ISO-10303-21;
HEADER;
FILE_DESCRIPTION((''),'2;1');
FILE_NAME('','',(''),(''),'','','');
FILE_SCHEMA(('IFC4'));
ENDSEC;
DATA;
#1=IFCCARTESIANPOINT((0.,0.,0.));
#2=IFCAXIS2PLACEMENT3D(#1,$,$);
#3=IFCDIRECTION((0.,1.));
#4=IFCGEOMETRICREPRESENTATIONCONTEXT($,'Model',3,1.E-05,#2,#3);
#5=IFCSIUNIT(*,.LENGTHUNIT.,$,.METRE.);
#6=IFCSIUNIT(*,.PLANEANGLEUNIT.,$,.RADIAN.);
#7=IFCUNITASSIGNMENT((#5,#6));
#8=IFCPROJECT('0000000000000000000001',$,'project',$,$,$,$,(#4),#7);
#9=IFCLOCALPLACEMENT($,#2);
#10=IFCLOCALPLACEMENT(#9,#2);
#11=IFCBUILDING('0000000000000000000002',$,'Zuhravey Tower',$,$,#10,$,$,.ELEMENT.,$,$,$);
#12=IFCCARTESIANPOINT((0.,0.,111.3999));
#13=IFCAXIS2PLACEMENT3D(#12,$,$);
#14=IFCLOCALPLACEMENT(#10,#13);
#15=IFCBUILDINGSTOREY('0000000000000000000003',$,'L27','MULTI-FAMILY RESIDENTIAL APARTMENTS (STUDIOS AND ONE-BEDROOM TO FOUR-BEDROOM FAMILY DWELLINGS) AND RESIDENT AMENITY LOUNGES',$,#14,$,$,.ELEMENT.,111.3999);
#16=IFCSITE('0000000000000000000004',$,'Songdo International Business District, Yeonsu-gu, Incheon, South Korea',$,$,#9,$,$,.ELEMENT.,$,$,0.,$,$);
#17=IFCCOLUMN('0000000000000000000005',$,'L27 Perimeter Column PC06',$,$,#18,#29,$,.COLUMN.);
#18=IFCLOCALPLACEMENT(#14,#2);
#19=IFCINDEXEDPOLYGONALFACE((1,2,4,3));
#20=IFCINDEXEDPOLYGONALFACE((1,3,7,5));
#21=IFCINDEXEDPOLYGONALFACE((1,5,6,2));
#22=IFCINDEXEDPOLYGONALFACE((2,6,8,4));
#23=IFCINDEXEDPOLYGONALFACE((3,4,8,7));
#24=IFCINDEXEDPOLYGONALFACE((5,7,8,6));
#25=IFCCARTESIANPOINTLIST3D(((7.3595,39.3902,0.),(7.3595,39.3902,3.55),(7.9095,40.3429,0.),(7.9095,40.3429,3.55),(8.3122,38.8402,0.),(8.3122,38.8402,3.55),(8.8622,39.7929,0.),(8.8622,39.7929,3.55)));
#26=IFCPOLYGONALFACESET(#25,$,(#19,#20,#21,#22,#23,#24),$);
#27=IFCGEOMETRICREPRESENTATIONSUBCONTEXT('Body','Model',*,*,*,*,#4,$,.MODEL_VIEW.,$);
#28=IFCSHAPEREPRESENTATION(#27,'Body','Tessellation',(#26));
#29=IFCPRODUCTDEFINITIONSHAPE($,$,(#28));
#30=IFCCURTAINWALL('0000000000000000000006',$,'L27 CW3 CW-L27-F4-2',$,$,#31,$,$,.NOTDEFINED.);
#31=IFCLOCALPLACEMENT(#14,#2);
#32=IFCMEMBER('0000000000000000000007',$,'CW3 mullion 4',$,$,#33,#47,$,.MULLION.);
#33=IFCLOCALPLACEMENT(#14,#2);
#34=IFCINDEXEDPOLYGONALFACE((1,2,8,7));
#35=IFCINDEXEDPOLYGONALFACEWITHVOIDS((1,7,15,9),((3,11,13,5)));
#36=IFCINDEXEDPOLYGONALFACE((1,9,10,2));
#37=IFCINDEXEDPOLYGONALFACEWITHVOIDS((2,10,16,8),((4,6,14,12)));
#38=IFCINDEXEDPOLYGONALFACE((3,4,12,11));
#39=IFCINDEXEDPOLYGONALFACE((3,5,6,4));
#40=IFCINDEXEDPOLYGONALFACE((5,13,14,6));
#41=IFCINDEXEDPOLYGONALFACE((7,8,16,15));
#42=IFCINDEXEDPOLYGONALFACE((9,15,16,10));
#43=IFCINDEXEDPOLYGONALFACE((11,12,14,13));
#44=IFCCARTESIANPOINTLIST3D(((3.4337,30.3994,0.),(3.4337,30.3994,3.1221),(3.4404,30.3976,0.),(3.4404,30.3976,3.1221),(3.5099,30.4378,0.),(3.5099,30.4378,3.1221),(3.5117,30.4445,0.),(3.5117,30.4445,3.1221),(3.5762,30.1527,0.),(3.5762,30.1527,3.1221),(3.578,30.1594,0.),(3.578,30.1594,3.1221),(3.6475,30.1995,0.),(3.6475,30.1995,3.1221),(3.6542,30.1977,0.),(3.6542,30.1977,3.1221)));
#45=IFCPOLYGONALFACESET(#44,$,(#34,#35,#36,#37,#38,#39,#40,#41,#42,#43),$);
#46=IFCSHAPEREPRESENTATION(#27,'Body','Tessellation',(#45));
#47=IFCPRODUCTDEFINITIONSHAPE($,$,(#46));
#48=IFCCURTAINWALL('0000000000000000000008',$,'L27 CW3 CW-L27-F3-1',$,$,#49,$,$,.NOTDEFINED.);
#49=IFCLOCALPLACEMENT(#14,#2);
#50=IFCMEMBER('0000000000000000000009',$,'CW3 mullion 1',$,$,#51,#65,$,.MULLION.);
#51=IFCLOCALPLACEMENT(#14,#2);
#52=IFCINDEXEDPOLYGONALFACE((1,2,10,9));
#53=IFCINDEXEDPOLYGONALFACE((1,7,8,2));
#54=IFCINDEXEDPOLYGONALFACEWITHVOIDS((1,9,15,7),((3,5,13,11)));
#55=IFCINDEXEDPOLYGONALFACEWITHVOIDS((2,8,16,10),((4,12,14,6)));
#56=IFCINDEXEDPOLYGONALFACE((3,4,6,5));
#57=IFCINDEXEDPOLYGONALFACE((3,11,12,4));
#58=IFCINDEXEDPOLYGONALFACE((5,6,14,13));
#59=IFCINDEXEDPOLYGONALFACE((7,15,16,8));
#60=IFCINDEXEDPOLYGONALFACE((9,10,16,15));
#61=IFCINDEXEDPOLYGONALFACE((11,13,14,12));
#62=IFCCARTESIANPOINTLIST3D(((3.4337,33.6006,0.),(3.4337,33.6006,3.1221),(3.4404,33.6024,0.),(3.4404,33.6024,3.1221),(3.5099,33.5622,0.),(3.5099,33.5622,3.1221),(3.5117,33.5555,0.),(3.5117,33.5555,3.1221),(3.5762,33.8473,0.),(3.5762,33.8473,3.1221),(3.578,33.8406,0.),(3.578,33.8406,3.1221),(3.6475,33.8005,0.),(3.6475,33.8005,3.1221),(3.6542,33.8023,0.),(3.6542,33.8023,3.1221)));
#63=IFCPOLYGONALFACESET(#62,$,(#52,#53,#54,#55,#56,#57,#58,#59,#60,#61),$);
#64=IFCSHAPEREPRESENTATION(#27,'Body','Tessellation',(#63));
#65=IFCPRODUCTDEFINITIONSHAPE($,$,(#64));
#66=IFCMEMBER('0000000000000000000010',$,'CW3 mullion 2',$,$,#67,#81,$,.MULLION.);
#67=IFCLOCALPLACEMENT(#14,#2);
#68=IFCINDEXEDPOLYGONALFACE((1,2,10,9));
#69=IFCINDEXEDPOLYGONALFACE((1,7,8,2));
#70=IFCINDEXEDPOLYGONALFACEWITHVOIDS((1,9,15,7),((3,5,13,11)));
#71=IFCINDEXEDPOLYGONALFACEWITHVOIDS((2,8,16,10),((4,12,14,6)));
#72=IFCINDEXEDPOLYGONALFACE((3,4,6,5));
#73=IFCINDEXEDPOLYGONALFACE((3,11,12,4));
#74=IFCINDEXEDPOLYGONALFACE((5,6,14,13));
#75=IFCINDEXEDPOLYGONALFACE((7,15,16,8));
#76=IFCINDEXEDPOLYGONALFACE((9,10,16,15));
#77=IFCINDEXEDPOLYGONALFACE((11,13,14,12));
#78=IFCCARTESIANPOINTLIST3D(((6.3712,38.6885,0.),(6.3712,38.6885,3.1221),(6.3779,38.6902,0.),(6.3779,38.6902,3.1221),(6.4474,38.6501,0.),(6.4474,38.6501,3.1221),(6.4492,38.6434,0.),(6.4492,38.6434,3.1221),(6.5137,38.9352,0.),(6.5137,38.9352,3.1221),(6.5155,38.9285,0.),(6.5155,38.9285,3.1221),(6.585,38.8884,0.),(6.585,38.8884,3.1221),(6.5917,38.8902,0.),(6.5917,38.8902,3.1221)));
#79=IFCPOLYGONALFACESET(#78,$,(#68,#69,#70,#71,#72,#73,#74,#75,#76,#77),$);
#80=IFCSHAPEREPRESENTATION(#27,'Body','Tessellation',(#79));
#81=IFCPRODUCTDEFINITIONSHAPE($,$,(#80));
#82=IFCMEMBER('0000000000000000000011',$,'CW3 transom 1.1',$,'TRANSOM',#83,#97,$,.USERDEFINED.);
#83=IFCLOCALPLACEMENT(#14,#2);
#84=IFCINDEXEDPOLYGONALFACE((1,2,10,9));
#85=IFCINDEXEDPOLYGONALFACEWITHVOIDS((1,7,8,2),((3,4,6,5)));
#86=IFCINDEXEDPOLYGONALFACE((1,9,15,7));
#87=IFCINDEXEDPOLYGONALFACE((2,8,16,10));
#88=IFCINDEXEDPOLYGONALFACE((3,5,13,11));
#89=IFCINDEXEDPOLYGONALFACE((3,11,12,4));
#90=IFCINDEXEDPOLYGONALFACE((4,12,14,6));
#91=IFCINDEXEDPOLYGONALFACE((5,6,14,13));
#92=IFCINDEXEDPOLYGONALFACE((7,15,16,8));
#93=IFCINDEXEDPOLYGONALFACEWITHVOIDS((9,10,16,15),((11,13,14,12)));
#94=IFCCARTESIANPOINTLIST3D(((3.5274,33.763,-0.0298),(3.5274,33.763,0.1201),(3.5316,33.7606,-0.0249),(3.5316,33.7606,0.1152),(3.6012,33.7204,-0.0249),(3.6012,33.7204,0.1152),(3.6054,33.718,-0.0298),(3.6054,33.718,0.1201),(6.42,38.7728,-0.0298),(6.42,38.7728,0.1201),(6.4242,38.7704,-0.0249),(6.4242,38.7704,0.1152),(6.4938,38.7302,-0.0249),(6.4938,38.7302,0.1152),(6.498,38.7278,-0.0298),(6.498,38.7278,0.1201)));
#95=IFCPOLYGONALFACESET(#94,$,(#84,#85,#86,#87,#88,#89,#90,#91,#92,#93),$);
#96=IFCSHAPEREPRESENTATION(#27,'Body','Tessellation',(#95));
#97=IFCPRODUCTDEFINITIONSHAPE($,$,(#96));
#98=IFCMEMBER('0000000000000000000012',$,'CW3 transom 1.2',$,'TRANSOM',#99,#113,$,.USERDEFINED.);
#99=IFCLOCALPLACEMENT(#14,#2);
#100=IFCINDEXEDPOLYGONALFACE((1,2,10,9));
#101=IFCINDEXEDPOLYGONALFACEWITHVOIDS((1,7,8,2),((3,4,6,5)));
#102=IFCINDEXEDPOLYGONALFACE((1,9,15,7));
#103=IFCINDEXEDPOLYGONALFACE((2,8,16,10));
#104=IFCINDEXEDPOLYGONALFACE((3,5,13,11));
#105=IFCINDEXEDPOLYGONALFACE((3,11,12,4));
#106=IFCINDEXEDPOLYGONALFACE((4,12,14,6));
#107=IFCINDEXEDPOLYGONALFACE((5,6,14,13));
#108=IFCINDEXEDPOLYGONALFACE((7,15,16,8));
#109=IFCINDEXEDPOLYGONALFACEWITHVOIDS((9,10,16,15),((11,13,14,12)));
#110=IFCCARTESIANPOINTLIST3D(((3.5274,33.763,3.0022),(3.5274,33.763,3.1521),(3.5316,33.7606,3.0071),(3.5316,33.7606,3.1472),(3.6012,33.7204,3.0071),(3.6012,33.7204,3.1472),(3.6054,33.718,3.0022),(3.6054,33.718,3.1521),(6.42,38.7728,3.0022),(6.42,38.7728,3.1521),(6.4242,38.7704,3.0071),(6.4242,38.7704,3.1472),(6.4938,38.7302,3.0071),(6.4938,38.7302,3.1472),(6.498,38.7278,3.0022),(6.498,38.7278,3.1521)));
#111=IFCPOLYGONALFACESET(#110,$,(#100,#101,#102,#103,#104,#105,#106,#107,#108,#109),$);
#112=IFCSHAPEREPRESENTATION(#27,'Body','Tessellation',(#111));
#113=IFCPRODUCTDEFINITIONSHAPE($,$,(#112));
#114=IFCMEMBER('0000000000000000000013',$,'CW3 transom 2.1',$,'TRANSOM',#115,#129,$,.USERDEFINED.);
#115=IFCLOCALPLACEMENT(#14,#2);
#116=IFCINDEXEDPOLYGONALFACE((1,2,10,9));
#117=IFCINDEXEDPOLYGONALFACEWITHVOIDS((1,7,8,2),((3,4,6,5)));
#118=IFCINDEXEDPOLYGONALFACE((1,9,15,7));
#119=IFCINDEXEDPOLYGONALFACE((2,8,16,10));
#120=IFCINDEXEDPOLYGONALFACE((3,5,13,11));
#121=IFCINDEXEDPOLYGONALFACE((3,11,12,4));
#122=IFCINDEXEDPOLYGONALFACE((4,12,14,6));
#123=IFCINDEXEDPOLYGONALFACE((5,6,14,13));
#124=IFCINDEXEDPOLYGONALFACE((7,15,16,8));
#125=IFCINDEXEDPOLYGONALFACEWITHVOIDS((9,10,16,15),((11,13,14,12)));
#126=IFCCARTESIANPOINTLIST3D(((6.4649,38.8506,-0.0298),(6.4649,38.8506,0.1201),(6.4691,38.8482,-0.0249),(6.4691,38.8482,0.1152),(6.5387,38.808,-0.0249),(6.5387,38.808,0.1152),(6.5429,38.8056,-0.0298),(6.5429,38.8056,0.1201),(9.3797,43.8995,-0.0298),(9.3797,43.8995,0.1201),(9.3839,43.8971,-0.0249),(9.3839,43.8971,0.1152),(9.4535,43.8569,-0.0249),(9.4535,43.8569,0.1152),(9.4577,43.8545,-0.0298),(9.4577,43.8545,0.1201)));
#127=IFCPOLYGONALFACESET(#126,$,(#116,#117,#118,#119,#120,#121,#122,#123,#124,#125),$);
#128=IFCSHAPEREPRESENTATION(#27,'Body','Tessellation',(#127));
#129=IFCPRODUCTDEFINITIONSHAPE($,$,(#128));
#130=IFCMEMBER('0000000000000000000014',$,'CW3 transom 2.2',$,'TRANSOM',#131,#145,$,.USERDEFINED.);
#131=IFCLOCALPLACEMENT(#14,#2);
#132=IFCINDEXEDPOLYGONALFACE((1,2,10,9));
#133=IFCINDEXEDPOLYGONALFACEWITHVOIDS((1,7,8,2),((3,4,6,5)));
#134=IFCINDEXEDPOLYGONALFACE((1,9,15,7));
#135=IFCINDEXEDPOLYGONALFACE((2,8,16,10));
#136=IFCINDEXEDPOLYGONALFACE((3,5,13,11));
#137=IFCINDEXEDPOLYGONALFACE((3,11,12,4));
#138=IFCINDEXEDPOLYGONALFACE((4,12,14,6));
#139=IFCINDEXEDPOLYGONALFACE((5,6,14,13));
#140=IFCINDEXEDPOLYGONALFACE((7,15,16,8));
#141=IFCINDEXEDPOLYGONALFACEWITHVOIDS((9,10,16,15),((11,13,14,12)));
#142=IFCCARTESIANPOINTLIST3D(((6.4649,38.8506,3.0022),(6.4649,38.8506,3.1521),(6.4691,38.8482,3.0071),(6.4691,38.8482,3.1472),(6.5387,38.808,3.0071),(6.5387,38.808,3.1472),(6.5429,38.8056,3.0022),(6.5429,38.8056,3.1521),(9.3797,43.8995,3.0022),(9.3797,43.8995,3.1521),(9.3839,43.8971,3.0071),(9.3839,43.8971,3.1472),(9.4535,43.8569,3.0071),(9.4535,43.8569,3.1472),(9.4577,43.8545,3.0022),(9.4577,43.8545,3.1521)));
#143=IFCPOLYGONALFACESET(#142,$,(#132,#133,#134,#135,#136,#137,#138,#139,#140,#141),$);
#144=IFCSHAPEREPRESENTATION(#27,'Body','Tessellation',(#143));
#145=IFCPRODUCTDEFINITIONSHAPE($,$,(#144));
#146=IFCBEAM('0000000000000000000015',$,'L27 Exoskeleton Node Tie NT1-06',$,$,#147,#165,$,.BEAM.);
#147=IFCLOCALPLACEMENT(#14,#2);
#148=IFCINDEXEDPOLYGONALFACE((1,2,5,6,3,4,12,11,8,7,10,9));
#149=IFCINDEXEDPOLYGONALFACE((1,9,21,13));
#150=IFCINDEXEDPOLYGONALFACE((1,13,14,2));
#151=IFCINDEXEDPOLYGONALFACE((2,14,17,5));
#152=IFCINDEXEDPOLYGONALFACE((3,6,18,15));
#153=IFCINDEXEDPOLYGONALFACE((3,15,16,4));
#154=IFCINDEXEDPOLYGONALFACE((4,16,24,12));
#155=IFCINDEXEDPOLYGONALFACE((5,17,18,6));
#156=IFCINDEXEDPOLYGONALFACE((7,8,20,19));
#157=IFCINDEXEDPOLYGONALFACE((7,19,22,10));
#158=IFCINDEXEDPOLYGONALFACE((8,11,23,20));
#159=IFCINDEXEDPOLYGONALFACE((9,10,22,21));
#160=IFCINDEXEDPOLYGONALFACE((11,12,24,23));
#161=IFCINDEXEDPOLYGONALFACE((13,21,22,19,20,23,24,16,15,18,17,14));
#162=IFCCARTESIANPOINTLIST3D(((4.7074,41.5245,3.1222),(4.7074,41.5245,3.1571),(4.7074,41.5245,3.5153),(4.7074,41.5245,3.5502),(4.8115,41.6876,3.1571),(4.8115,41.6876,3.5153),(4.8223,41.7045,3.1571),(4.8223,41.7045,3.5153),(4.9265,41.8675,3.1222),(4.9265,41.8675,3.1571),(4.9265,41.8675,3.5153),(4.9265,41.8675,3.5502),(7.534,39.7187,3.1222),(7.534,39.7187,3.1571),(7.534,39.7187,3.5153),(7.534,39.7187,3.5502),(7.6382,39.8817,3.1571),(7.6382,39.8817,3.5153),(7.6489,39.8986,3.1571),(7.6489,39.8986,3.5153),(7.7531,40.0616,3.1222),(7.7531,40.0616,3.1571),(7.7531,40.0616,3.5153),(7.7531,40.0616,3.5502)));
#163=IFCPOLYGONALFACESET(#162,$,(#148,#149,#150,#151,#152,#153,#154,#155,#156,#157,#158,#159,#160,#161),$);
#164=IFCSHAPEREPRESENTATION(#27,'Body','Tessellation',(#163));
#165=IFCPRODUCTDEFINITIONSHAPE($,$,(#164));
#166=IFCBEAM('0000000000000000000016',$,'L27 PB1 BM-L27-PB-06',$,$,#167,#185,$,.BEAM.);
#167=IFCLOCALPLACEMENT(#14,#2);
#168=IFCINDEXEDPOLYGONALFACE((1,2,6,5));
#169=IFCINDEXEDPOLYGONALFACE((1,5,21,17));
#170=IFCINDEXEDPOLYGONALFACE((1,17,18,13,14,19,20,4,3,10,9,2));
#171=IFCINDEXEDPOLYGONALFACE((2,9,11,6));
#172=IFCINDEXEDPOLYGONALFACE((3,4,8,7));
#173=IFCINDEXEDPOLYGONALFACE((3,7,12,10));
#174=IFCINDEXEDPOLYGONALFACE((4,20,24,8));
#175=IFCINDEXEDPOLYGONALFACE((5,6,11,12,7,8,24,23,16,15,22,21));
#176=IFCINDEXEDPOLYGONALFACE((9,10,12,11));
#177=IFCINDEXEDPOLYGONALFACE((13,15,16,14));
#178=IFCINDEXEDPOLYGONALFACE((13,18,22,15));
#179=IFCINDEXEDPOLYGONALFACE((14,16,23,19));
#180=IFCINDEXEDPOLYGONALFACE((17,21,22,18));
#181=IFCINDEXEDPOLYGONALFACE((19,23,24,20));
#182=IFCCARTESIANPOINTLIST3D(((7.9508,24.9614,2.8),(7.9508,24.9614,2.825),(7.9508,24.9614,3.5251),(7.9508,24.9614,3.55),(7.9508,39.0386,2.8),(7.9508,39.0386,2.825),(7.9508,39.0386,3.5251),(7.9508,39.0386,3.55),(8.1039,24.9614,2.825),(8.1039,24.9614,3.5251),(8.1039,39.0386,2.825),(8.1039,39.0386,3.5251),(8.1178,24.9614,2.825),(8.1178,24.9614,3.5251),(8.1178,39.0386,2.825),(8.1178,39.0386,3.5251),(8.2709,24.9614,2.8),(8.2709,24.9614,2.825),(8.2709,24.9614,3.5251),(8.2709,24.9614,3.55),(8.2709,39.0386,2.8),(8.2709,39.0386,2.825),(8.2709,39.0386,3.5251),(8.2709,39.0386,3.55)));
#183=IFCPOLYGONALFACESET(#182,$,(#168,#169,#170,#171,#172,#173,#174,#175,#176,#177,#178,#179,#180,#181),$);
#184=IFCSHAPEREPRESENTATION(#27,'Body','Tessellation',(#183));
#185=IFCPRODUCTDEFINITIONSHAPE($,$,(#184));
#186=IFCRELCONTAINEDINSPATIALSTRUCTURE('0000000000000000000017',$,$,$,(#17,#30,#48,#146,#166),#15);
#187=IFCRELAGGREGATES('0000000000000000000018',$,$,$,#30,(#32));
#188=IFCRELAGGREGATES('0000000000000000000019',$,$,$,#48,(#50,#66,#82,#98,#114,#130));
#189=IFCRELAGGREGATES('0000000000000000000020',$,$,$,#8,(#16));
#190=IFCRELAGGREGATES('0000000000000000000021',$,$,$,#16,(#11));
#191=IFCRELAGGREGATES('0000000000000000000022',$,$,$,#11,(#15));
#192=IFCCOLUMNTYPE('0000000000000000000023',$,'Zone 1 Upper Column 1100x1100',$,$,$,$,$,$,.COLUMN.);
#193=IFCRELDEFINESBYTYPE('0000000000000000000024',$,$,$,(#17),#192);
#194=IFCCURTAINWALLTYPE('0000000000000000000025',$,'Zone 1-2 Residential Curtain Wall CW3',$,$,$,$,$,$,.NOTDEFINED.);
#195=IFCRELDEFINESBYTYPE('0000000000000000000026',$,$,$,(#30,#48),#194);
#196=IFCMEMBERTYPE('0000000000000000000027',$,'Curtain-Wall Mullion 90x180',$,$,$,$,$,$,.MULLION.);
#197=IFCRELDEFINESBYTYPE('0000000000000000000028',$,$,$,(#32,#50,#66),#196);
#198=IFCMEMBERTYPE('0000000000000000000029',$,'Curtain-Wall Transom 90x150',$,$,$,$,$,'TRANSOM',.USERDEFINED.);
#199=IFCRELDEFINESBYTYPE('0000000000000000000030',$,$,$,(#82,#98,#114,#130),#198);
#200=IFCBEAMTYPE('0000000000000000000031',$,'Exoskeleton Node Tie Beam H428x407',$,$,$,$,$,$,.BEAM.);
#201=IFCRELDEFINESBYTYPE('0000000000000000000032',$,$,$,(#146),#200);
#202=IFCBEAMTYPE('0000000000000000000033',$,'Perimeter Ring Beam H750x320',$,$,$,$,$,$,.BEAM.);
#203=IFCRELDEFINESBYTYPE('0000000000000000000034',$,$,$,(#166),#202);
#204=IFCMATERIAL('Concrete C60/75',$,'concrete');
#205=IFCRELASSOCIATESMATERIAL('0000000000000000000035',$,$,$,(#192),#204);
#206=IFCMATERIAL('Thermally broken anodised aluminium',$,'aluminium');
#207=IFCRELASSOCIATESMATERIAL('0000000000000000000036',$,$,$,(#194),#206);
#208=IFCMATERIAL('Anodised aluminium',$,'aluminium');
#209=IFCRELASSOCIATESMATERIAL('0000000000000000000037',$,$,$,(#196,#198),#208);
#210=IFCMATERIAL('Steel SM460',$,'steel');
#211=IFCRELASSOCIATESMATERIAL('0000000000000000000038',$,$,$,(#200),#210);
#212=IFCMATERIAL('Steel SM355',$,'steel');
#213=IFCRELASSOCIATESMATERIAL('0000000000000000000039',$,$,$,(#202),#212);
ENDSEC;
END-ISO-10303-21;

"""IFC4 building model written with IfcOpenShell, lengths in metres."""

from ifc_helpers import new_model, si_unit, direction, frame, origin, origin_2d, place, context, subcontext, project, spatial, rectangle, hollow_rectangle, i_section, extrude, material, material_profile, profile_set, type_object, element, aggregate, save


model = new_model("IFC4")

# Units and contexts
model_context = context("Model", 3, precision=1e-05, world=origin(), true_north=direction((0.0, 1.0)))
body_context = subcontext(model_context, "Body", "Model", "MODEL_VIEW")
ifc_project = project(units=[si_unit("LENGTHUNIT", "METRE"), si_unit("PLANEANGLEUNIT", "RADIAN")], contexts=[model_context])

# Site, building, storey
site_placement = place(None, origin())
site = spatial("IfcSite", under=ifc_project, at=site_placement, Name="Songdo International Business District, Yeonsu-gu, Incheon, South Korea", CompositionType="ELEMENT", RefElevation=0.0)
building_placement = place(site_placement, origin())
building = spatial("IfcBuilding", under=site, at=building_placement, Name="Zuhravey Tower", CompositionType="ELEMENT")
storey_placement = place(building_placement, frame((0.0, 0.0, 111.3999)))
storey = spatial("IfcBuildingStorey", under=building, at=storey_placement, Name="L27", Description="MULTI-FAMILY RESIDENTIAL APARTMENTS (STUDIOS AND ONE-BEDROOM TO FOUR-BEDROOM FAMILY DWELLINGS) AND RESIDENT AMENITY LOUNGES", CompositionType="ELEMENT", Elevation=111.3999)

# Column
ifc_material_1 = material(Name="Concrete C60/75", Category="concrete")
ifc_material_profile_1 = material_profile(ifc_material_1, rectangle(XDim=1.1001, YDim=1.1001, at=origin_2d()), Name="RC-1100x1100")
ifc_profile_set_1 = profile_set([ifc_material_profile_1], Name="Concrete C60/75")
column_type = type_object("IfcColumnType", Name="Zone 1 Upper Column 1100x1100", PredefinedType="COLUMN", material=ifc_profile_set_1)
column_placement = place(storey_placement, frame((8.1108, 39.5916, 0.0), z_axis=(0.0, 0.0, 1.0), x_axis=(-0.5, -0.866025, 0.0)))
element("IfcColumn", 1, at=column_placement, inside=storey, type_object=column_type, Name="L27 Perimeter Column PC06", PredefinedType="COLUMN", context=body_context, shape_type="SweptSolid", body=[
    extrude(rectangle(XDim=1.1001, YDim=1.1001, at=origin_2d()), origin(), (0.0, 0.0, 1.0), 3.55),
])

# Curtain wall, member
ifc_material_2 = material(Name="Thermally broken anodised aluminium", Category="aluminium")
curtain_wall_type = type_object("IfcCurtainWallType", Name="Zone 1-2 Residential Curtain Wall CW3", PredefinedType="NOTDEFINED", material=ifc_material_2)
curtain_wall_1_placement = place(storey_placement, origin())
curtain_wall_1 = element("IfcCurtainWall", 2, at=curtain_wall_1_placement, inside=storey, type_object=curtain_wall_type, Name="L27 CW3 CW-L27-F4-2", PredefinedType="NOTDEFINED")
ifc_material_3 = material(Name="Anodised aluminium", Category="aluminium")
ifc_material_profile_2 = material_profile(ifc_material_3, hollow_rectangle(XDim=0.0901, YDim=0.2849, WallThickness=0.0049, at=origin_2d()), Name="ALU-RHS-90x285x5")
ifc_profile_set_2 = profile_set([ifc_material_profile_2], Name="Anodised aluminium")
member_type_1 = type_object("IfcMemberType", Name="Curtain-Wall Mullion 90x180", PredefinedType="MULLION", material=ifc_profile_set_2)
member_1_placement = place(storey_placement, frame((3.5439, 30.2986, 0.0), z_axis=(0.0, 0.0, 1.0), x_axis=(-0.866026, -0.499999, 0.0)))
member_1 = element("IfcMember", 3, at=member_1_placement, type_object=member_type_1, Name="CW3 mullion 4", PredefinedType="MULLION", context=body_context, shape_type="SweptSolid", body=[
    extrude(hollow_rectangle(XDim=0.0901, YDim=0.2849, WallThickness=0.0049, at=origin_2d()), origin(), (0.0, 0.0, 1.0), 3.1221),
])
aggregate(curtain_wall_1, [member_1])

# Curtain wall, members
curtain_wall_2_placement = place(storey_placement, origin())
curtain_wall_2 = element("IfcCurtainWall", 4, at=curtain_wall_2_placement, inside=storey, type_object=curtain_wall_type, Name="L27 CW3 CW-L27-F3-1", PredefinedType="NOTDEFINED")
member_2_placement = place(storey_placement, frame((3.5439, 33.7014, 0.0), z_axis=(0.0, 0.0, 1.0), x_axis=(-0.866026, 0.5, 0.0)))
member_2 = element("IfcMember", 5, at=member_2_placement, type_object=member_type_1, Name="CW3 mullion 1", PredefinedType="MULLION", context=body_context, shape_type="SweptSolid", body=[
    extrude(hollow_rectangle(XDim=0.0901, YDim=0.2849, WallThickness=0.0049, at=origin_2d()), origin(), (0.0, 0.0, 1.0), 3.1221),
])
member_3_placement = place(storey_placement, frame((6.4814, 38.7893, 0.0), z_axis=(0.0, 0.0, 1.0), x_axis=(-0.866026, 0.5, 0.0)))
member_3 = element("IfcMember", 6, at=member_3_placement, type_object=member_type_1, Name="CW3 mullion 2", PredefinedType="MULLION", context=body_context, shape_type="SweptSolid", body=[
    extrude(hollow_rectangle(XDim=0.0901, YDim=0.2849, WallThickness=0.0049, at=origin_2d()), origin(), (0.0, 0.0, 1.0), 3.1221),
])
ifc_material_profile_3 = material_profile(ifc_material_3, hollow_rectangle(XDim=0.0901, YDim=0.1499, WallThickness=0.0049, at=origin_2d()), Name="ALU-RHS-90x150x5")
ifc_profile_set_3 = profile_set([ifc_material_profile_3], Name="Anodised aluminium")
member_type_2 = type_object("IfcMemberType", Name="Curtain-Wall Transom 90x150", ElementType="TRANSOM", PredefinedType="USERDEFINED", material=ifc_profile_set_3)
member_4_placement = place(storey_placement, frame((3.5664, 33.7405, 0.0452), z_axis=(0.500024, 0.866011, 0.0), x_axis=(-0.866011, 0.500024, 0.0)))
member_4 = element("IfcMember", 7, at=member_4_placement, type_object=member_type_2, Name="CW3 transom 1.1", ObjectType="TRANSOM", PredefinedType="USERDEFINED", context=body_context, shape_type="SweptSolid", body=[
    extrude(hollow_rectangle(XDim=0.0901, YDim=0.1499, WallThickness=0.0049, at=origin_2d()), origin(), (0.0, 0.0, 1.0), 5.7849),
])
member_5_placement = place(storey_placement, frame((3.5664, 33.7405, 3.0771), z_axis=(0.500024, 0.866011, 0.0), x_axis=(-0.866011, 0.500024, 0.0)))
member_5 = element("IfcMember", 8, at=member_5_placement, type_object=member_type_2, Name="CW3 transom 1.2", ObjectType="TRANSOM", PredefinedType="USERDEFINED", context=body_context, shape_type="SweptSolid", body=[
    extrude(hollow_rectangle(XDim=0.0901, YDim=0.1499, WallThickness=0.0049, at=origin_2d()), origin(), (0.0, 0.0, 1.0), 5.7849),
])
member_6_placement = place(storey_placement, frame((6.5039, 38.8281, 0.0452), z_axis=(0.499981, 0.866036, 0.0), x_axis=(-0.866036, 0.499981, 0.0)))
member_6 = element("IfcMember", 9, at=member_6_placement, type_object=member_type_2, Name="CW3 transom 2.1", ObjectType="TRANSOM", PredefinedType="USERDEFINED", context=body_context, shape_type="SweptSolid", body=[
    extrude(hollow_rectangle(XDim=0.0901, YDim=0.1499, WallThickness=0.0049, at=origin_2d()), origin(), (0.0, 0.0, 1.0), 5.8298),
])
member_7_placement = place(storey_placement, frame((6.5039, 38.8281, 3.0771), z_axis=(0.499981, 0.866036, 0.0), x_axis=(-0.866036, 0.499981, 0.0)))
member_7 = element("IfcMember", 10, at=member_7_placement, type_object=member_type_2, Name="CW3 transom 2.2", ObjectType="TRANSOM", PredefinedType="USERDEFINED", context=body_context, shape_type="SweptSolid", body=[
    extrude(hollow_rectangle(XDim=0.0901, YDim=0.1499, WallThickness=0.0049, at=origin_2d()), origin(), (0.0, 0.0, 1.0), 5.8298),
])

# Beams
ifc_material_4 = material(Name="Steel SM460", Category="steel")
ifc_material_profile_4 = material_profile(ifc_material_4, i_section(OverallWidth=0.407, OverallDepth=0.428, WebThickness=0.02, FlangeThickness=0.0349, at=origin_2d()), Name="H-428x407x20x35")
ifc_profile_set_4 = profile_set([ifc_material_profile_4], Name="Steel SM460")
beam_type_1 = type_object("IfcBeamType", Name="Exoskeleton Node Tie Beam H428x407", PredefinedType="BEAM", material=ifc_profile_set_4)
beam_1_placement = place(storey_placement, frame((7.6436, 39.8901, 3.3362), z_axis=(-0.842698, 0.538386, 0.0), x_axis=(-0.538386, -0.842698, 0.0)))
element("IfcBeam", 11, at=beam_1_placement, inside=storey, type_object=beam_type_1, Name="L27 Exoskeleton Node Tie NT1-06", PredefinedType="BEAM", context=body_context, shape_type="SweptSolid", body=[
    extrude(i_section(OverallWidth=0.407, OverallDepth=0.428, WebThickness=0.02, FlangeThickness=0.0349, at=origin_2d()), origin(), (0.0, 0.0, 1.0), 3.3542),
])
ifc_material_5 = material(Name="Steel SM355", Category="steel")
ifc_material_profile_5 = material_profile(ifc_material_5, i_section(OverallWidth=0.3201, OverallDepth=0.75, WebThickness=0.0139, FlangeThickness=0.0249, at=origin_2d()), Name="H-750x320x14x25")
ifc_profile_set_5 = profile_set([ifc_material_profile_5], Name="Steel SM355")
beam_type_2 = type_object("IfcBeamType", Name="Perimeter Ring Beam H750x320", PredefinedType="BEAM", material=ifc_profile_set_5)
beam_2_placement = place(storey_placement, frame((8.1108, 39.0386, 3.175), z_axis=(0.0, -1.0, 0.0), x_axis=(1.0, 0.0, 0.0)))
element("IfcBeam", 12, at=beam_2_placement, inside=storey, type_object=beam_type_2, Name="L27 PB1 BM-L27-PB-06", PredefinedType="BEAM", context=body_context, shape_type="SweptSolid", body=[
    extrude(i_section(OverallWidth=0.3201, OverallDepth=0.75, WebThickness=0.0139, FlangeThickness=0.0249, at=origin_2d()), origin(), (0.0, 0.0, 1.0), 14.0771),
])

aggregate(curtain_wall_2, [member_2, member_3, member_4, member_5, member_6, member_7])

save(model, "model.ifc")
